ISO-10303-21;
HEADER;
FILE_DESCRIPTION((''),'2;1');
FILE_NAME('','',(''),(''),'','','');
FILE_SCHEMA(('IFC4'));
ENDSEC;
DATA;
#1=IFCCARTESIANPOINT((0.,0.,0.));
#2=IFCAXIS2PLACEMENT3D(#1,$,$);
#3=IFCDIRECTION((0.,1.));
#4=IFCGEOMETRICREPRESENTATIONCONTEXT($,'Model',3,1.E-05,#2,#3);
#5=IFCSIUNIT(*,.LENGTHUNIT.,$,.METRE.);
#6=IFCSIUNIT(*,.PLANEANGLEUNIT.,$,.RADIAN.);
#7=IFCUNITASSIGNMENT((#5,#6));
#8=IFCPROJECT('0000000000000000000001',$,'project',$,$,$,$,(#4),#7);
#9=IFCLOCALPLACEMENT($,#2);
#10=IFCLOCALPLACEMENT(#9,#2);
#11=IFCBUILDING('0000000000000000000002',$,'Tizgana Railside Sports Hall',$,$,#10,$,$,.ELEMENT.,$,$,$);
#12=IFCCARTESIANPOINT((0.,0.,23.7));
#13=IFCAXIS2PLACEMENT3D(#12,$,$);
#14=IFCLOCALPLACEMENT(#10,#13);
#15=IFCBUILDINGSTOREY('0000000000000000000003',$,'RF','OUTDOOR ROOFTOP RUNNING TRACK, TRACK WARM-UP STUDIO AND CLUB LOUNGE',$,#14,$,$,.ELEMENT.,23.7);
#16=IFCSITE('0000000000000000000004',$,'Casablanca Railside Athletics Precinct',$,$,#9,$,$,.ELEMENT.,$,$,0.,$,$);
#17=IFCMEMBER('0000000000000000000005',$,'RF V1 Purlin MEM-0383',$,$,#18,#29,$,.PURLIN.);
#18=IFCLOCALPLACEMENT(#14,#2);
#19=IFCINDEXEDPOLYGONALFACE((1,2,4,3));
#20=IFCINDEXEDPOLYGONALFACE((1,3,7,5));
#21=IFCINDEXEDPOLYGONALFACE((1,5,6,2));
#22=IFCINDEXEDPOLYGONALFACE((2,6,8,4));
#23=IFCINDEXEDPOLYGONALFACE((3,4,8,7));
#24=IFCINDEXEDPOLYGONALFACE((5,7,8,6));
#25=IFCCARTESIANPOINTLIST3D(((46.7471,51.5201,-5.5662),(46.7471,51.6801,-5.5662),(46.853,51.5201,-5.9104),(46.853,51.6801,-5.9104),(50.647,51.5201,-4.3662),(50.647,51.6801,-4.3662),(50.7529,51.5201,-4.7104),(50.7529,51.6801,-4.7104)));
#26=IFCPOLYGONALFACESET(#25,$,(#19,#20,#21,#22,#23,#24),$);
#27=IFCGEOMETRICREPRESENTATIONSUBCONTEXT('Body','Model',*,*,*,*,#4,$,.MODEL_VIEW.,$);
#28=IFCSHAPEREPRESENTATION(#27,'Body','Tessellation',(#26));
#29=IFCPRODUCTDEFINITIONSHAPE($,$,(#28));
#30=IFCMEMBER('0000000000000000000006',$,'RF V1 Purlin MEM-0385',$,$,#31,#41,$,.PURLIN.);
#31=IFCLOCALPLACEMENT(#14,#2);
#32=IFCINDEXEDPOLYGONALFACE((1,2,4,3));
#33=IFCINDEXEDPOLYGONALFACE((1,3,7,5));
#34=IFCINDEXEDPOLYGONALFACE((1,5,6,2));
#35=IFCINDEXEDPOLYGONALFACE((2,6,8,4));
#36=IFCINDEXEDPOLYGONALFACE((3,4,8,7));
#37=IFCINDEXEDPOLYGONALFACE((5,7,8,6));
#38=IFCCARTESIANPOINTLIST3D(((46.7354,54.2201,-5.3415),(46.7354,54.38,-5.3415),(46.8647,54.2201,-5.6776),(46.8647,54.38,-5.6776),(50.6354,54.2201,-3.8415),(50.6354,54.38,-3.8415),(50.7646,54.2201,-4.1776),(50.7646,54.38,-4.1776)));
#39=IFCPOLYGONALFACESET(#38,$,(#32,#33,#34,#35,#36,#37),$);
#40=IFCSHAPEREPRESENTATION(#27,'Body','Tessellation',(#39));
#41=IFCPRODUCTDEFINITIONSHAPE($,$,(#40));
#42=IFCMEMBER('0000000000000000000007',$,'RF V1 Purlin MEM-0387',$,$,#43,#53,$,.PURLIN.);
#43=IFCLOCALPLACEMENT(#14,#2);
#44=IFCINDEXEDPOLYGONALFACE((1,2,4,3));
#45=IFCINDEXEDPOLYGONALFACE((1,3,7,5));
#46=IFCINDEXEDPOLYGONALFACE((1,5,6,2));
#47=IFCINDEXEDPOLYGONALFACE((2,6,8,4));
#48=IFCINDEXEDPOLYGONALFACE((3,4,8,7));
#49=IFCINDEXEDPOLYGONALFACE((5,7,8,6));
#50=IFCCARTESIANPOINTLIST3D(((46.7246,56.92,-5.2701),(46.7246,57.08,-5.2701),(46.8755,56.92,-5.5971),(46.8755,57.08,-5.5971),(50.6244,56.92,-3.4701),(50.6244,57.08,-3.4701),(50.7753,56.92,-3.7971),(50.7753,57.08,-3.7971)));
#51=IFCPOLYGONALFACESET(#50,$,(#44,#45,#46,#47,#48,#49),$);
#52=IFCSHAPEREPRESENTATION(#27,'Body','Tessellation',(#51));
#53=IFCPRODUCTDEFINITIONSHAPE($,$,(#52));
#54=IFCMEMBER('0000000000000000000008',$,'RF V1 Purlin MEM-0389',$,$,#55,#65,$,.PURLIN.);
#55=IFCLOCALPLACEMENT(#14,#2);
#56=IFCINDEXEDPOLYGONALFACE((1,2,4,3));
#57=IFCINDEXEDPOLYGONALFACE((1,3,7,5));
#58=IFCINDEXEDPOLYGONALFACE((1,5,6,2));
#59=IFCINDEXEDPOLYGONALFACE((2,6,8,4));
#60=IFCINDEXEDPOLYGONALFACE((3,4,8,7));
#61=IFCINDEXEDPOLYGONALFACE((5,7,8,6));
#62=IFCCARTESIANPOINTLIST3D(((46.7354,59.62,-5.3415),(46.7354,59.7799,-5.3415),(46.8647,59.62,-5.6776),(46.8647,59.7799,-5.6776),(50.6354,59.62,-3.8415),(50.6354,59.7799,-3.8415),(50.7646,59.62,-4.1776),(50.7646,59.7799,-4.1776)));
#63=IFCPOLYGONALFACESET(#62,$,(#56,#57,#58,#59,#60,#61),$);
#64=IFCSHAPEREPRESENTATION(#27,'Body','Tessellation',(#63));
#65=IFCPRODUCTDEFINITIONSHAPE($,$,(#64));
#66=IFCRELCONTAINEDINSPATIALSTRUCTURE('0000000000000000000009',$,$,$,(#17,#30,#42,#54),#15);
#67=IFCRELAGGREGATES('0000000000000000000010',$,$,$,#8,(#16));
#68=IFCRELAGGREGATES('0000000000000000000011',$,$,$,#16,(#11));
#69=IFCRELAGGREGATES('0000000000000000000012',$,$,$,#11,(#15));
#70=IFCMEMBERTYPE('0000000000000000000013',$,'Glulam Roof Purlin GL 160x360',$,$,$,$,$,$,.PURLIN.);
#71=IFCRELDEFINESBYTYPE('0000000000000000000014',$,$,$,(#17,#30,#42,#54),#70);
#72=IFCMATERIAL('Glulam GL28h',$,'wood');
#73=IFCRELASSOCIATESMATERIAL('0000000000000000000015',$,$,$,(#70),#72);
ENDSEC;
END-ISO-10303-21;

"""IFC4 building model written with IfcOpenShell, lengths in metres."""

from ifc_helpers import new_model, si_unit, direction, frame, origin, origin_2d, place, context, subcontext, project, spatial, rectangle, extrude, material, material_profile, profile_set, type_object, element, save


model = new_model("IFC4")

# Units and contexts
model_context = context("Model", 3, precision=1e-05, world=origin(), true_north=direction((0.0, 1.0)))
body_context = subcontext(model_context, "Body", "Model", "MODEL_VIEW")
ifc_project = project(units=[si_unit("LENGTHUNIT", "METRE"), si_unit("PLANEANGLEUNIT", "RADIAN")], contexts=[model_context])

# Site, building, storey
site_placement = place(None, origin())
site = spatial("IfcSite", under=ifc_project, at=site_placement, Name="Casablanca Railside Athletics Precinct", CompositionType="ELEMENT", RefElevation=0.0)
building_placement = place(site_placement, origin())
building = spatial("IfcBuilding", under=site, at=building_placement, Name="Tizgana Railside Sports Hall", CompositionType="ELEMENT")
storey_placement = place(building_placement, frame((0.0, 0.0, 23.7)))
storey = spatial("IfcBuildingStorey", under=building, at=storey_placement, Name="RF", Description="OUTDOOR ROOFTOP RUNNING TRACK, TRACK WARM-UP STUDIO AND CLUB LOUNGE", CompositionType="ELEMENT", Elevation=23.7)

# Members
ifc_material_1 = material(Name="Glulam GL28h", Category="wood")
ifc_material_profile_1 = material_profile(ifc_material_1, rectangle(XDim=0.1599, YDim=0.3601, at=origin_2d()), Name="GL 160x360")
ifc_profile_set_1 = profile_set([ifc_material_profile_1], Name="Glulam GL28h")
member_type_1 = type_object("IfcMemberType", Name="Glulam Roof Purlin GL 160x360", PredefinedType="PURLIN", material=ifc_profile_set_1)
member_1_placement = place(storey_placement, frame((46.8, 51.6001, -5.7383), z_axis=(0.95578, 0.0, 0.294082), x_axis=(0.0, 1.0, 0.0)))
element("IfcMember", 1, at=member_1_placement, inside=storey, type_object=member_type_1, Name="RF V1 Purlin MEM-0383", PredefinedType="PURLIN", context=body_context, shape_type="SweptSolid", body=[
    extrude(rectangle(XDim=0.1599, YDim=0.3601, at=origin_2d()), origin(), (0.0, 0.0, 1.0), 4.0803),
])
member_2_placement = place(storey_placement, frame((46.8, 54.3, -5.5095), z_axis=(0.933343, 0.0, 0.358987), x_axis=(0.0, 1.0, 0.0)))
element("IfcMember", 2, at=member_2_placement, inside=storey, type_object=member_type_1, Name="RF V1 Purlin MEM-0385", PredefinedType="PURLIN", context=body_context, shape_type="SweptSolid", body=[
    extrude(rectangle(XDim=0.1599, YDim=0.3601, at=origin_2d()), origin(), (0.0, 0.0, 1.0), 4.1785),
])
member_3_placement = place(storey_placement, frame((46.8, 57.0, -5.4336), z_axis=(0.907951, 0.0, 0.419076), x_axis=(0.0, 1.0, 0.0)))
element("IfcMember", 3, at=member_3_placement, inside=storey, type_object=member_type_1, Name="RF V1 Purlin MEM-0387", PredefinedType="PURLIN", context=body_context, shape_type="SweptSolid", body=[
    extrude(rectangle(XDim=0.1599, YDim=0.3601, at=origin_2d()), origin(), (0.0, 0.0, 1.0), 4.2952),
])
member_4_placement = place(storey_placement, frame((46.8, 59.7, -5.5095), z_axis=(0.933343, 0.0, 0.358987), x_axis=(0.0, 1.0, 0.0)))
element("IfcMember", 4, at=member_4_placement, inside=storey, type_object=member_type_1, Name="RF V1 Purlin MEM-0389", PredefinedType="PURLIN", context=body_context, shape_type="SweptSolid", body=[
    extrude(rectangle(XDim=0.1599, YDim=0.3601, at=origin_2d()), origin(), (0.0, 0.0, 1.0), 4.1785),
])

save(model, "model.ifc")
